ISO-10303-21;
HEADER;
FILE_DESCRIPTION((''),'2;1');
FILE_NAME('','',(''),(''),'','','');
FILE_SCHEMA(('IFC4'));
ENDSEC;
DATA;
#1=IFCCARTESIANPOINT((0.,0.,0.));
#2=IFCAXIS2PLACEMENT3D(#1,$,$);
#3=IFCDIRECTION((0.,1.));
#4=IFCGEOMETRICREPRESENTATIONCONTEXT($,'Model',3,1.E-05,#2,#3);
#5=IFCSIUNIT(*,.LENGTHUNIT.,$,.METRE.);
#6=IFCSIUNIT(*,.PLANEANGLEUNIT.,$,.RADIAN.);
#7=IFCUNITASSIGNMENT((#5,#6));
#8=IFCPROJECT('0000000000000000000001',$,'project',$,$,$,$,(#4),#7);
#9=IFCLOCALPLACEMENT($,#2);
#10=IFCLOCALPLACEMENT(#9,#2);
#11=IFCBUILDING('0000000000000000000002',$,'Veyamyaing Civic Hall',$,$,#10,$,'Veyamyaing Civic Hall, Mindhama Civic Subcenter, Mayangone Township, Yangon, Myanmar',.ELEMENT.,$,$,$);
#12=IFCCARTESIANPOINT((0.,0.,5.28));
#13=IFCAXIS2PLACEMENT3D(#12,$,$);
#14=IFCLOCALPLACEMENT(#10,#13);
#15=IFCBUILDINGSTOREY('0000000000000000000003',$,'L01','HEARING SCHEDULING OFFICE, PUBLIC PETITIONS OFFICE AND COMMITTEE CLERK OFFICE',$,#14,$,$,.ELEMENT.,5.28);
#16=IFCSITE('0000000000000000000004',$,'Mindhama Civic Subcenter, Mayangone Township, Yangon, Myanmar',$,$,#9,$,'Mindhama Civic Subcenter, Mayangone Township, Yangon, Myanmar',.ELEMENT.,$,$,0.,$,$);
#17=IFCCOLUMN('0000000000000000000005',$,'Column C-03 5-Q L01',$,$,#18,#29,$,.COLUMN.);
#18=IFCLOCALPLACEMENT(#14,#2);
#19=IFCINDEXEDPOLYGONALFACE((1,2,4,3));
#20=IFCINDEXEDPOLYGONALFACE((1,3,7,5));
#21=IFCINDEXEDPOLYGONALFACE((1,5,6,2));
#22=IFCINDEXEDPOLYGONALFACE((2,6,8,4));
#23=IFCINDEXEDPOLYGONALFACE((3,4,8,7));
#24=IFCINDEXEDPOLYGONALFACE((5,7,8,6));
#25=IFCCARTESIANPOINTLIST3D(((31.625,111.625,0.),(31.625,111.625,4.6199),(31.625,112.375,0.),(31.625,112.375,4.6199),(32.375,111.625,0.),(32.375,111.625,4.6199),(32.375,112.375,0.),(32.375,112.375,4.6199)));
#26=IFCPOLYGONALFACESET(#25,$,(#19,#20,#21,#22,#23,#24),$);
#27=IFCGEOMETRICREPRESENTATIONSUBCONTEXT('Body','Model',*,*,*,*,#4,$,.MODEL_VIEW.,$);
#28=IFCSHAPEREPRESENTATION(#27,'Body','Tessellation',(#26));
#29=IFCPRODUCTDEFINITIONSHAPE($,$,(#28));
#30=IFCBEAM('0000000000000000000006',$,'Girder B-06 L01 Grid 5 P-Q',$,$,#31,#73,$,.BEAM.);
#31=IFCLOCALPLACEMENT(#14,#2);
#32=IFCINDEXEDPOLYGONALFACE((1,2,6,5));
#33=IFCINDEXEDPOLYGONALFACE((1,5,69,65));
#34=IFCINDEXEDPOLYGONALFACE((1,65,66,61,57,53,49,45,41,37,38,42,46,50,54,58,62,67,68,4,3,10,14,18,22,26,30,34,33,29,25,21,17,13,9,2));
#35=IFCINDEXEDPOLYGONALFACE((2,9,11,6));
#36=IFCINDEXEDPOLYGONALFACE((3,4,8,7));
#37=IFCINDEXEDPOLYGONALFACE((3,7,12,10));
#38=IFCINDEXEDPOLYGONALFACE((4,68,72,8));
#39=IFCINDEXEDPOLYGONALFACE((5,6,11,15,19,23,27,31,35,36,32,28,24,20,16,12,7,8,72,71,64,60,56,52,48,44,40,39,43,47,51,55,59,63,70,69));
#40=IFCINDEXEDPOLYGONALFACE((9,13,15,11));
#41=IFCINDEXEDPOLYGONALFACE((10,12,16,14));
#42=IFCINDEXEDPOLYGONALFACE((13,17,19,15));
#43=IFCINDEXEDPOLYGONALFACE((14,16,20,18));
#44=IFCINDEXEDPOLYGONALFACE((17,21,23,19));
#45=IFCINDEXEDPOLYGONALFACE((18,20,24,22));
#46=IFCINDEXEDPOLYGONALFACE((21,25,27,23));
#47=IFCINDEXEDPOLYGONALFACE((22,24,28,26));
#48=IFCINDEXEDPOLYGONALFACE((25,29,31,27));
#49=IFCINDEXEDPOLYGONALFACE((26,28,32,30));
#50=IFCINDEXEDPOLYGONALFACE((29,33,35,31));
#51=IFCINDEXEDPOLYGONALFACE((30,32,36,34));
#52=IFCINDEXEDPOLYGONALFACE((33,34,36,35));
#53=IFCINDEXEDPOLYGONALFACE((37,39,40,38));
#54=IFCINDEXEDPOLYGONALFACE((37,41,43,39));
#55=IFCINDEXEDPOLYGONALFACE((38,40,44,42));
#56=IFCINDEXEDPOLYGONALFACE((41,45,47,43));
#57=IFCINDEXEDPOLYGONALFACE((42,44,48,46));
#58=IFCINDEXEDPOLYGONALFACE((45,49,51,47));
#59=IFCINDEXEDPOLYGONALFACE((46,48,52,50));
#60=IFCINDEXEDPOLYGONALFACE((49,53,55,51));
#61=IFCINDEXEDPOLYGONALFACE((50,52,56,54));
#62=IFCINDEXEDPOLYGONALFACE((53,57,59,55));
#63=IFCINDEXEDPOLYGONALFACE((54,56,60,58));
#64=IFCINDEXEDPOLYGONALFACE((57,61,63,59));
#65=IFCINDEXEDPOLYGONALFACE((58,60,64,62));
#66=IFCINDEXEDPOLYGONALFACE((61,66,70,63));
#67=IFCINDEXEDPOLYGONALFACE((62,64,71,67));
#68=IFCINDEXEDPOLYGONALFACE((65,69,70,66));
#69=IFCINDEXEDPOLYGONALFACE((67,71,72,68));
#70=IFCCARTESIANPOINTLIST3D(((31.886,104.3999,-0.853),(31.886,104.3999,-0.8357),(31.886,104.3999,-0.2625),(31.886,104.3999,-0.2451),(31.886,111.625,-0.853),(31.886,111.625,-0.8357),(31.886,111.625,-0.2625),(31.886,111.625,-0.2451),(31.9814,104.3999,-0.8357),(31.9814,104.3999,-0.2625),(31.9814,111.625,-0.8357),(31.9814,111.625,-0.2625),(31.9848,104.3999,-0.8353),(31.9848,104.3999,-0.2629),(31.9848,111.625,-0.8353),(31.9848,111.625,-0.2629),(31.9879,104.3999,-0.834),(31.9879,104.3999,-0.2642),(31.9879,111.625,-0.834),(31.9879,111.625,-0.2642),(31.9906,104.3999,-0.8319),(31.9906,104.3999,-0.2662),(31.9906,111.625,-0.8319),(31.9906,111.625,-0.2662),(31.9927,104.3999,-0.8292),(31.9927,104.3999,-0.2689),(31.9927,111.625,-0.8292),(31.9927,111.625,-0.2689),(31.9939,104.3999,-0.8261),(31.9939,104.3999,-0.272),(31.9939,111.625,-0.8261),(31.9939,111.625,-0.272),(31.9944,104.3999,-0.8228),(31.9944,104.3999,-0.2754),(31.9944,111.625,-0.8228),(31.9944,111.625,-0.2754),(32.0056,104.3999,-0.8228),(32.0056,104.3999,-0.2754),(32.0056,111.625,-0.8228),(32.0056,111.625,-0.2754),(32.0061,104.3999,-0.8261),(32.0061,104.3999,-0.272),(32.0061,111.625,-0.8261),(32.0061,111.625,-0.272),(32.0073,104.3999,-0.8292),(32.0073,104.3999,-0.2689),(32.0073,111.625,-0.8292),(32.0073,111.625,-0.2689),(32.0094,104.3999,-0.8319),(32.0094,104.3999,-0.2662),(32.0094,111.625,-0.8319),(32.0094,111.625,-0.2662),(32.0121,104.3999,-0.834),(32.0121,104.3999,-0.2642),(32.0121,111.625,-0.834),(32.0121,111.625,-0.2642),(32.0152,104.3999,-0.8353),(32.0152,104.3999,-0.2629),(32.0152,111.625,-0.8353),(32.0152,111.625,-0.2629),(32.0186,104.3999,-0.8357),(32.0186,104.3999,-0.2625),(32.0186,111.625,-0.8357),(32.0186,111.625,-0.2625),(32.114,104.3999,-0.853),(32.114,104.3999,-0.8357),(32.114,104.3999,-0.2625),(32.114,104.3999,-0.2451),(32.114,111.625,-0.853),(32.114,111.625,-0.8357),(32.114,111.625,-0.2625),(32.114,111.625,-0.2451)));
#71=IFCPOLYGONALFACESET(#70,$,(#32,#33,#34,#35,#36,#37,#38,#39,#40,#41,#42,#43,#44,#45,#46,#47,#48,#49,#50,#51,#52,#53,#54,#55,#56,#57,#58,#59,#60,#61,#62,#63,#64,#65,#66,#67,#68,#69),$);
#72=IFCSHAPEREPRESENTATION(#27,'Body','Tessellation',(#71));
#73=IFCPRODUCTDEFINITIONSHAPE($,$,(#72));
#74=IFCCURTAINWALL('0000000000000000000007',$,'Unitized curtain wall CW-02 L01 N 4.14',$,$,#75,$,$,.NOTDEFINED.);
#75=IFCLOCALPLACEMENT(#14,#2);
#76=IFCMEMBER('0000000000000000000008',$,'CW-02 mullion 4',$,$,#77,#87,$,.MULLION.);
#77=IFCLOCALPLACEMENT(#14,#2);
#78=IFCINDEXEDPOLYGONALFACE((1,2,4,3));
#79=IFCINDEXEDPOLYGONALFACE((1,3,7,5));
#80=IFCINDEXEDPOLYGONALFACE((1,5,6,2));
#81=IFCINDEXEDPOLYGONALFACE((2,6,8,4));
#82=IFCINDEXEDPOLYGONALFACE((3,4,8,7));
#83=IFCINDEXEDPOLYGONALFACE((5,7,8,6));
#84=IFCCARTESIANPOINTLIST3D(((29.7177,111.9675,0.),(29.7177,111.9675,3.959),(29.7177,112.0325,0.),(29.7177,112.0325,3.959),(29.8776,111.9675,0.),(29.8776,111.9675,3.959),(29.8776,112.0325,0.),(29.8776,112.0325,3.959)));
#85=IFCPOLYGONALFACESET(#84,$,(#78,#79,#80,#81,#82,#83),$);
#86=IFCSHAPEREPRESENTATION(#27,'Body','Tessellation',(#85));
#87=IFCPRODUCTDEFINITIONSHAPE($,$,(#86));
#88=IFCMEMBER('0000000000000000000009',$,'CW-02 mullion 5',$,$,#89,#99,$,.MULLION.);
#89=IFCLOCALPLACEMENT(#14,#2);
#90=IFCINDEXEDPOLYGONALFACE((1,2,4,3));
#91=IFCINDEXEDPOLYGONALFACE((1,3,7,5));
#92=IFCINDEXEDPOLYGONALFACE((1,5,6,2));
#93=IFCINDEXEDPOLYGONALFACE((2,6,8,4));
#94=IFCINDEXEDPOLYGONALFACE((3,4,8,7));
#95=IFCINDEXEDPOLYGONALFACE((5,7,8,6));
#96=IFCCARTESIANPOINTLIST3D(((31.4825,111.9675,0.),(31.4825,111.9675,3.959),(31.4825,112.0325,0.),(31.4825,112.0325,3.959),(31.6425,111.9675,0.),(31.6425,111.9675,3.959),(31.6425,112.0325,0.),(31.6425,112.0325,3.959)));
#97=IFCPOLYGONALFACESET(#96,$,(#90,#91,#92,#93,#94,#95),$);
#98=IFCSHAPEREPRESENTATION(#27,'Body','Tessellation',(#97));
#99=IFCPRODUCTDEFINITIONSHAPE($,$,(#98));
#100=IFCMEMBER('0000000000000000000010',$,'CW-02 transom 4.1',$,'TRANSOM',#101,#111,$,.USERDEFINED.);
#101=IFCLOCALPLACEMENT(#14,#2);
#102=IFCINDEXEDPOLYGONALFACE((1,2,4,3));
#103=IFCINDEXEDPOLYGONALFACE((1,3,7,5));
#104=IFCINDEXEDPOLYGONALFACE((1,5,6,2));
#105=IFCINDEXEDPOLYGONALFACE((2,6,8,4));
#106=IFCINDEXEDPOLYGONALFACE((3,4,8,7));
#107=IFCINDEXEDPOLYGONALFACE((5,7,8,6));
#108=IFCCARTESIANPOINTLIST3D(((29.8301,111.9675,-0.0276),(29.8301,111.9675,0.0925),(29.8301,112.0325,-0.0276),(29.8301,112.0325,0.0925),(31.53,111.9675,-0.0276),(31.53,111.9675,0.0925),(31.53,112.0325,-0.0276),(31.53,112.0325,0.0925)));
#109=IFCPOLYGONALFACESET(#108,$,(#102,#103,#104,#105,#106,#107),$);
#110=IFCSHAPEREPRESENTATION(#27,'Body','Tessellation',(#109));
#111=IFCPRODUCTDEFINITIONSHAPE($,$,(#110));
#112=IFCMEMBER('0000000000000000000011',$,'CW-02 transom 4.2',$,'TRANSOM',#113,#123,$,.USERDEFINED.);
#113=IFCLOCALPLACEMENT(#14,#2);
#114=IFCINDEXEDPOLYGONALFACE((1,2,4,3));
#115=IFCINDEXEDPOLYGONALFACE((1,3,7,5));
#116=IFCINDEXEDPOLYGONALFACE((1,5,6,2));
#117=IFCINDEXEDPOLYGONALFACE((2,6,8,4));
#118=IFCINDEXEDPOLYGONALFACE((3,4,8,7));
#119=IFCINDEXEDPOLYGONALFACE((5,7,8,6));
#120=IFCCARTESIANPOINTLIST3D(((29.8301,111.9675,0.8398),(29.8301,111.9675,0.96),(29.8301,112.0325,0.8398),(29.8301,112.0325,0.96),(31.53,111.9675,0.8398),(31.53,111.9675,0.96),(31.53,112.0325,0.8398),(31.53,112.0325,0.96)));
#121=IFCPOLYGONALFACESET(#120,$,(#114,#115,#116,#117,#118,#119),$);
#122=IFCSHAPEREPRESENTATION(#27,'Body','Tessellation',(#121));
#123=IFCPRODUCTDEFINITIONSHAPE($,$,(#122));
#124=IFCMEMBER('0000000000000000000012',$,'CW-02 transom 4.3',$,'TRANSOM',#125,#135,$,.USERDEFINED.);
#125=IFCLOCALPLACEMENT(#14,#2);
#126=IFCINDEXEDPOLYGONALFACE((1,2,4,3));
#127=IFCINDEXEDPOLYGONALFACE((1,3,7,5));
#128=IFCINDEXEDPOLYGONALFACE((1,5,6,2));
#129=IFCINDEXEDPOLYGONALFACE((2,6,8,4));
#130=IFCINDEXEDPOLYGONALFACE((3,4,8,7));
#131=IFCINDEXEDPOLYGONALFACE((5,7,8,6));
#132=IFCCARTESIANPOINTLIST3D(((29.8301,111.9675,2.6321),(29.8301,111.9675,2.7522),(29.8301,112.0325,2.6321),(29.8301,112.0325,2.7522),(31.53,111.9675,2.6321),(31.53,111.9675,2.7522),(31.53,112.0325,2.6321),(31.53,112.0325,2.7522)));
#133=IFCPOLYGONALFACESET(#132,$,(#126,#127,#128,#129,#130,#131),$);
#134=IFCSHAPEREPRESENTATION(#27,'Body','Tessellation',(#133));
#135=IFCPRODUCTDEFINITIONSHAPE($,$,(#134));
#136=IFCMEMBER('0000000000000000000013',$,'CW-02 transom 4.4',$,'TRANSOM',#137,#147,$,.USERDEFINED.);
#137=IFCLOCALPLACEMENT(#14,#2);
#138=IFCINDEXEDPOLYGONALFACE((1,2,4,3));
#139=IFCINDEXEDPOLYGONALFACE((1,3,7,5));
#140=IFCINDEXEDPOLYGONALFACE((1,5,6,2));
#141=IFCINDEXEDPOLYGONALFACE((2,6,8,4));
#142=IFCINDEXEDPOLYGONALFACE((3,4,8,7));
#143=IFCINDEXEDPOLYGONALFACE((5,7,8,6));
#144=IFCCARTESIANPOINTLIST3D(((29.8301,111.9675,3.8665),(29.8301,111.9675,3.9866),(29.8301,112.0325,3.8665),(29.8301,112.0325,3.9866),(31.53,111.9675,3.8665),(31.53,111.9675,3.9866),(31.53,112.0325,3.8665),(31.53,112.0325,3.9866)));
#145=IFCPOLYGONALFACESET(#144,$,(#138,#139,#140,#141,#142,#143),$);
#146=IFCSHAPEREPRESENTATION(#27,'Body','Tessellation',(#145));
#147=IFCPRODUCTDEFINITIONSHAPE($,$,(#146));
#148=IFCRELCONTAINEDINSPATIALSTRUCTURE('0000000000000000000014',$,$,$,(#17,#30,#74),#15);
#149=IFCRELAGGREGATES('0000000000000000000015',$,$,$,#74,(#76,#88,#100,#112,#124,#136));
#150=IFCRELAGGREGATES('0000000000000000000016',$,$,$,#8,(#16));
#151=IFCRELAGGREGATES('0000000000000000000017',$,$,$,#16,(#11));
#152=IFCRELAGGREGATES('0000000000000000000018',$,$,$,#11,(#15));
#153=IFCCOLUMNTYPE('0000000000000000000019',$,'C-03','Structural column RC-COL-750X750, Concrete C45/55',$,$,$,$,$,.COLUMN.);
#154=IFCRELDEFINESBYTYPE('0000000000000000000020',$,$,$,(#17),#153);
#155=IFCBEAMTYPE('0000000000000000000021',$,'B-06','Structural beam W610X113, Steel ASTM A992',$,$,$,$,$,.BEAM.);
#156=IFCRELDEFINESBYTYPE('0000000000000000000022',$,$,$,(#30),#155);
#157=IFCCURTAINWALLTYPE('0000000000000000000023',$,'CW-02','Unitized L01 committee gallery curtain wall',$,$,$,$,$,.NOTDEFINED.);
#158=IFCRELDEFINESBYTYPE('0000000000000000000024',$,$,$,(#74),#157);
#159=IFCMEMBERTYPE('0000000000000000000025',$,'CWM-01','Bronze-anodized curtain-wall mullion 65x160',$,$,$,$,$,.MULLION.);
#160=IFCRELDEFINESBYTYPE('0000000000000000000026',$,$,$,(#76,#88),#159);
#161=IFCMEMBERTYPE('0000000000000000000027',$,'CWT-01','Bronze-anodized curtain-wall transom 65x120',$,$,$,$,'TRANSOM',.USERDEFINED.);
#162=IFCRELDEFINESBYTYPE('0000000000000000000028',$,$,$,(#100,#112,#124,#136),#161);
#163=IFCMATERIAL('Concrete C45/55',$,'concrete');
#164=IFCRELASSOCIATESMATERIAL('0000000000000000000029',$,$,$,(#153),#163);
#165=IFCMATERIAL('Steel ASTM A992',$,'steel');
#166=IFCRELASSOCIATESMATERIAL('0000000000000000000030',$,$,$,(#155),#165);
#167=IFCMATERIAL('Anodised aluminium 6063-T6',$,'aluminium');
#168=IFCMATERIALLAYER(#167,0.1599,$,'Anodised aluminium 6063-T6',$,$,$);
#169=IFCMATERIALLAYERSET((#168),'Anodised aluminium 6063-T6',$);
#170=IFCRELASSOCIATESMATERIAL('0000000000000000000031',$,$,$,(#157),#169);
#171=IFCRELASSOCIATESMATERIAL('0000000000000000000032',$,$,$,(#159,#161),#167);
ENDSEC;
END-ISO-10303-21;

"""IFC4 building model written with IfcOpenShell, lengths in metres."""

from ifc_helpers import new_model, si_unit, direction, frame, origin, origin_2d, place, context, subcontext, project, spatial, rectangle, i_section, extrude, material, layer, layer_set, material_profile, profile_set, type_object, element, aggregate, save


model = new_model("IFC4")

# Units and contexts
model_context = context("Model", 3, precision=1e-05, world=origin(), true_north=direction((0.0, 1.0)))
body_context = subcontext(model_context, "Body", "Model", "MODEL_VIEW")
ifc_project = project(units=[si_unit("LENGTHUNIT", "METRE"), si_unit("PLANEANGLEUNIT", "RADIAN")], contexts=[model_context])

# Site, building, storey
site_placement = place(None, origin())
site = spatial("IfcSite", under=ifc_project, at=site_placement, Name="Mindhama Civic Subcenter, Mayangone Township, Yangon, Myanmar", LongName="Mindhama Civic Subcenter, Mayangone Township, Yangon, Myanmar", CompositionType="ELEMENT", RefElevation=0.0)
building_placement = place(site_placement, origin())
building = spatial("IfcBuilding", under=site, at=building_placement, Name="Veyamyaing Civic Hall", LongName="Veyamyaing Civic Hall, Mindhama Civic Subcenter, Mayangone Township, Yangon, Myanmar", CompositionType="ELEMENT")
storey_placement = place(building_placement, frame((0.0, 0.0, 5.28)))
storey = spatial("IfcBuildingStorey", under=building, at=storey_placement, Name="L01", Description="HEARING SCHEDULING OFFICE, PUBLIC PETITIONS OFFICE AND COMMITTEE CLERK OFFICE", CompositionType="ELEMENT", Elevation=5.28)

# Column
ifc_material_1 = material(Name="Concrete C45/55", Category="concrete")
ifc_material_profile_1 = material_profile(ifc_material_1, rectangle(XDim=0.75, YDim=0.75, at=origin_2d()), Name="RC-COL-750X750")
ifc_profile_set_1 = profile_set([ifc_material_profile_1], Name="Concrete C45/55")
column_type = type_object("IfcColumnType", Name="C-03", Description="Structural column RC-COL-750X750, Concrete C45/55", PredefinedType="COLUMN", material=ifc_profile_set_1)
column_placement = place(storey_placement, frame((32.0, 112.0, 0.0), z_axis=(0.0, 0.0, 1.0), x_axis=(1.0, 0.0, 0.0)))
element("IfcColumn", 1, at=column_placement, inside=storey, type_object=column_type, Name="Column C-03 5-Q L01", PredefinedType="COLUMN", context=body_context, shape_type="SweptSolid", body=[
    extrude(rectangle(XDim=0.75, YDim=0.75, at=origin_2d()), origin(), (0.0, 0.0, 1.0), 4.6199),
])

# Beam
ifc_material_2 = material(Name="Steel ASTM A992", Category="steel")
ifc_material_profile_2 = material_profile(ifc_material_2, i_section(OverallWidth=0.228, OverallDepth=0.6079, WebThickness=0.0112, FlangeThickness=0.0173, FilletRadius=0.0129, at=origin_2d()), Name="W610X113")
ifc_profile_set_2 = profile_set([ifc_material_profile_2], Name="Steel ASTM A992")
beam_type_1 = type_object("IfcBeamType", Name="B-06", Description="Structural beam W610X113, Steel ASTM A992", PredefinedType="BEAM", material=ifc_profile_set_2)
beam_placement = place(storey_placement, frame((32.0, 104.3999, -0.5491), z_axis=(0.0, 1.0, 0.0), x_axis=(-1.0, 0.0, 0.0)))
element("IfcBeam", 2, at=beam_placement, inside=storey, type_object=beam_type_1, Name="Girder B-06 L01 Grid 5 P-Q", PredefinedType="BEAM", context=body_context, shape_type="SweptSolid", body=[
    extrude(i_section(OverallWidth=0.228, OverallDepth=0.6079, WebThickness=0.0112, FlangeThickness=0.0173, FilletRadius=0.0129, at=origin_2d()), origin(), (0.0, 0.0, 1.0), 7.2251),
])

# Curtain wall, members
ifc_material_3 = material(Name="Anodised aluminium 6063-T6", Category="aluminium")
ifc_layer_1 = layer(ifc_material_3, 0.1599, Name="Anodised aluminium 6063-T6")
ifc_layer_set_1 = layer_set([ifc_layer_1], Name="Anodised aluminium 6063-T6")
curtain_wall_type = type_object("IfcCurtainWallType", Name="CW-02", Description="Unitized L01 committee gallery curtain wall", PredefinedType="NOTDEFINED", material=ifc_layer_set_1)
curtain_wall_placement = place(storey_placement, origin())
curtain_wall = element("IfcCurtainWall", 3, at=curtain_wall_placement, inside=storey, type_object=curtain_wall_type, Name="Unitized curtain wall CW-02 L01 N 4.14", PredefinedType="NOTDEFINED")
ifc_material_profile_3 = material_profile(ifc_material_3, rectangle(XDim=0.0649, YDim=0.1599, at=origin_2d()), Name="ALU-MUL-65X160")
ifc_profile_set_3 = profile_set([ifc_material_profile_3], Name="Anodised aluminium 6063-T6")
member_type_1 = type_object("IfcMemberType", Name="CWM-01", Description="Bronze-anodized curtain-wall mullion 65x160", PredefinedType="MULLION", material=ifc_profile_set_3)
member_1_placement = place(storey_placement, frame((29.7976, 112.0, 0.0), z_axis=(0.0, 0.0, 1.0), x_axis=(0.0, 1.0, 0.0)))
member_1 = element("IfcMember", 4, at=member_1_placement, type_object=member_type_1, Name="CW-02 mullion 4", PredefinedType="MULLION", context=body_context, shape_type="SweptSolid", body=[
    extrude(rectangle(XDim=0.0649, YDim=0.1599, at=origin_2d()), origin(), (0.0, 0.0, 1.0), 3.959),
])
member_2_placement = place(storey_placement, frame((31.5625, 112.0, 0.0), z_axis=(0.0, 0.0, 1.0), x_axis=(0.0, 1.0, 0.0)))
member_2 = element("IfcMember", 5, at=member_2_placement, type_object=member_type_1, Name="CW-02 mullion 5", PredefinedType="MULLION", context=body_context, shape_type="SweptSolid", body=[
    extrude(rectangle(XDim=0.0649, YDim=0.1599, at=origin_2d()), origin(), (0.0, 0.0, 1.0), 3.959),
])
ifc_material_profile_4 = material_profile(ifc_material_3, rectangle(XDim=0.0649, YDim=0.1201, at=origin_2d()), Name="ALU-TRN-65X120")
ifc_profile_set_4 = profile_set([ifc_material_profile_4], Name="Anodised aluminium 6063-T6")
member_type_2 = type_object("IfcMemberType", Name="CWT-01", Description="Bronze-anodized curtain-wall transom 65x120", ElementType="TRANSOM", PredefinedType="USERDEFINED", material=ifc_profile_set_4)
member_3_placement = place(storey_placement, frame((29.8301, 112.0, 0.0325), z_axis=(1.0, 0.0, 0.0), x_axis=(0.0, 1.0, 0.0)))
member_3 = element("IfcMember", 6, at=member_3_placement, type_object=member_type_2, Name="CW-02 transom 4.1", ObjectType="TRANSOM", PredefinedType="USERDEFINED", context=body_context, shape_type="SweptSolid", body=[
    extrude(rectangle(XDim=0.0649, YDim=0.1201, at=origin_2d()), origin(), (0.0, 0.0, 1.0), 1.7),
])
member_4_placement = place(storey_placement, frame((29.8301, 112.0, 0.8999), z_axis=(1.0, 0.0, 0.0), x_axis=(0.0, 1.0, 0.0)))
member_4 = element("IfcMember", 7, at=member_4_placement, type_object=member_type_2, Name="CW-02 transom 4.2", ObjectType="TRANSOM", PredefinedType="USERDEFINED", context=body_context, shape_type="SweptSolid", body=[
    extrude(rectangle(XDim=0.0649, YDim=0.1201, at=origin_2d()), origin(), (0.0, 0.0, 1.0), 1.7),
])
member_5_placement = place(storey_placement, frame((29.8301, 112.0, 2.6921), z_axis=(1.0, 0.0, 0.0), x_axis=(0.0, 1.0, 0.0)))
member_5 = element("IfcMember", 8, at=member_5_placement, type_object=member_type_2, Name="CW-02 transom 4.3", ObjectType="TRANSOM", PredefinedType="USERDEFINED", context=body_context, shape_type="SweptSolid", body=[
    extrude(rectangle(XDim=0.0649, YDim=0.1201, at=origin_2d()), origin(), (0.0, 0.0, 1.0), 1.7),
])
member_6_placement = place(storey_placement, frame((29.8301, 112.0, 3.9265), z_axis=(1.0, 0.0, 0.0), x_axis=(0.0, 1.0, 0.0)))
member_6 = element("IfcMember", 9, at=member_6_placement, type_object=member_type_2, Name="CW-02 transom 4.4", ObjectType="TRANSOM", PredefinedType="USERDEFINED", context=body_context, shape_type="SweptSolid", body=[
    extrude(rectangle(XDim=0.0649, YDim=0.1201, at=origin_2d()), origin(), (0.0, 0.0, 1.0), 1.7),
])

aggregate(curtain_wall, [member_1, member_2, member_3, member_4, member_5, member_6])

save(model, "model.ifc")
